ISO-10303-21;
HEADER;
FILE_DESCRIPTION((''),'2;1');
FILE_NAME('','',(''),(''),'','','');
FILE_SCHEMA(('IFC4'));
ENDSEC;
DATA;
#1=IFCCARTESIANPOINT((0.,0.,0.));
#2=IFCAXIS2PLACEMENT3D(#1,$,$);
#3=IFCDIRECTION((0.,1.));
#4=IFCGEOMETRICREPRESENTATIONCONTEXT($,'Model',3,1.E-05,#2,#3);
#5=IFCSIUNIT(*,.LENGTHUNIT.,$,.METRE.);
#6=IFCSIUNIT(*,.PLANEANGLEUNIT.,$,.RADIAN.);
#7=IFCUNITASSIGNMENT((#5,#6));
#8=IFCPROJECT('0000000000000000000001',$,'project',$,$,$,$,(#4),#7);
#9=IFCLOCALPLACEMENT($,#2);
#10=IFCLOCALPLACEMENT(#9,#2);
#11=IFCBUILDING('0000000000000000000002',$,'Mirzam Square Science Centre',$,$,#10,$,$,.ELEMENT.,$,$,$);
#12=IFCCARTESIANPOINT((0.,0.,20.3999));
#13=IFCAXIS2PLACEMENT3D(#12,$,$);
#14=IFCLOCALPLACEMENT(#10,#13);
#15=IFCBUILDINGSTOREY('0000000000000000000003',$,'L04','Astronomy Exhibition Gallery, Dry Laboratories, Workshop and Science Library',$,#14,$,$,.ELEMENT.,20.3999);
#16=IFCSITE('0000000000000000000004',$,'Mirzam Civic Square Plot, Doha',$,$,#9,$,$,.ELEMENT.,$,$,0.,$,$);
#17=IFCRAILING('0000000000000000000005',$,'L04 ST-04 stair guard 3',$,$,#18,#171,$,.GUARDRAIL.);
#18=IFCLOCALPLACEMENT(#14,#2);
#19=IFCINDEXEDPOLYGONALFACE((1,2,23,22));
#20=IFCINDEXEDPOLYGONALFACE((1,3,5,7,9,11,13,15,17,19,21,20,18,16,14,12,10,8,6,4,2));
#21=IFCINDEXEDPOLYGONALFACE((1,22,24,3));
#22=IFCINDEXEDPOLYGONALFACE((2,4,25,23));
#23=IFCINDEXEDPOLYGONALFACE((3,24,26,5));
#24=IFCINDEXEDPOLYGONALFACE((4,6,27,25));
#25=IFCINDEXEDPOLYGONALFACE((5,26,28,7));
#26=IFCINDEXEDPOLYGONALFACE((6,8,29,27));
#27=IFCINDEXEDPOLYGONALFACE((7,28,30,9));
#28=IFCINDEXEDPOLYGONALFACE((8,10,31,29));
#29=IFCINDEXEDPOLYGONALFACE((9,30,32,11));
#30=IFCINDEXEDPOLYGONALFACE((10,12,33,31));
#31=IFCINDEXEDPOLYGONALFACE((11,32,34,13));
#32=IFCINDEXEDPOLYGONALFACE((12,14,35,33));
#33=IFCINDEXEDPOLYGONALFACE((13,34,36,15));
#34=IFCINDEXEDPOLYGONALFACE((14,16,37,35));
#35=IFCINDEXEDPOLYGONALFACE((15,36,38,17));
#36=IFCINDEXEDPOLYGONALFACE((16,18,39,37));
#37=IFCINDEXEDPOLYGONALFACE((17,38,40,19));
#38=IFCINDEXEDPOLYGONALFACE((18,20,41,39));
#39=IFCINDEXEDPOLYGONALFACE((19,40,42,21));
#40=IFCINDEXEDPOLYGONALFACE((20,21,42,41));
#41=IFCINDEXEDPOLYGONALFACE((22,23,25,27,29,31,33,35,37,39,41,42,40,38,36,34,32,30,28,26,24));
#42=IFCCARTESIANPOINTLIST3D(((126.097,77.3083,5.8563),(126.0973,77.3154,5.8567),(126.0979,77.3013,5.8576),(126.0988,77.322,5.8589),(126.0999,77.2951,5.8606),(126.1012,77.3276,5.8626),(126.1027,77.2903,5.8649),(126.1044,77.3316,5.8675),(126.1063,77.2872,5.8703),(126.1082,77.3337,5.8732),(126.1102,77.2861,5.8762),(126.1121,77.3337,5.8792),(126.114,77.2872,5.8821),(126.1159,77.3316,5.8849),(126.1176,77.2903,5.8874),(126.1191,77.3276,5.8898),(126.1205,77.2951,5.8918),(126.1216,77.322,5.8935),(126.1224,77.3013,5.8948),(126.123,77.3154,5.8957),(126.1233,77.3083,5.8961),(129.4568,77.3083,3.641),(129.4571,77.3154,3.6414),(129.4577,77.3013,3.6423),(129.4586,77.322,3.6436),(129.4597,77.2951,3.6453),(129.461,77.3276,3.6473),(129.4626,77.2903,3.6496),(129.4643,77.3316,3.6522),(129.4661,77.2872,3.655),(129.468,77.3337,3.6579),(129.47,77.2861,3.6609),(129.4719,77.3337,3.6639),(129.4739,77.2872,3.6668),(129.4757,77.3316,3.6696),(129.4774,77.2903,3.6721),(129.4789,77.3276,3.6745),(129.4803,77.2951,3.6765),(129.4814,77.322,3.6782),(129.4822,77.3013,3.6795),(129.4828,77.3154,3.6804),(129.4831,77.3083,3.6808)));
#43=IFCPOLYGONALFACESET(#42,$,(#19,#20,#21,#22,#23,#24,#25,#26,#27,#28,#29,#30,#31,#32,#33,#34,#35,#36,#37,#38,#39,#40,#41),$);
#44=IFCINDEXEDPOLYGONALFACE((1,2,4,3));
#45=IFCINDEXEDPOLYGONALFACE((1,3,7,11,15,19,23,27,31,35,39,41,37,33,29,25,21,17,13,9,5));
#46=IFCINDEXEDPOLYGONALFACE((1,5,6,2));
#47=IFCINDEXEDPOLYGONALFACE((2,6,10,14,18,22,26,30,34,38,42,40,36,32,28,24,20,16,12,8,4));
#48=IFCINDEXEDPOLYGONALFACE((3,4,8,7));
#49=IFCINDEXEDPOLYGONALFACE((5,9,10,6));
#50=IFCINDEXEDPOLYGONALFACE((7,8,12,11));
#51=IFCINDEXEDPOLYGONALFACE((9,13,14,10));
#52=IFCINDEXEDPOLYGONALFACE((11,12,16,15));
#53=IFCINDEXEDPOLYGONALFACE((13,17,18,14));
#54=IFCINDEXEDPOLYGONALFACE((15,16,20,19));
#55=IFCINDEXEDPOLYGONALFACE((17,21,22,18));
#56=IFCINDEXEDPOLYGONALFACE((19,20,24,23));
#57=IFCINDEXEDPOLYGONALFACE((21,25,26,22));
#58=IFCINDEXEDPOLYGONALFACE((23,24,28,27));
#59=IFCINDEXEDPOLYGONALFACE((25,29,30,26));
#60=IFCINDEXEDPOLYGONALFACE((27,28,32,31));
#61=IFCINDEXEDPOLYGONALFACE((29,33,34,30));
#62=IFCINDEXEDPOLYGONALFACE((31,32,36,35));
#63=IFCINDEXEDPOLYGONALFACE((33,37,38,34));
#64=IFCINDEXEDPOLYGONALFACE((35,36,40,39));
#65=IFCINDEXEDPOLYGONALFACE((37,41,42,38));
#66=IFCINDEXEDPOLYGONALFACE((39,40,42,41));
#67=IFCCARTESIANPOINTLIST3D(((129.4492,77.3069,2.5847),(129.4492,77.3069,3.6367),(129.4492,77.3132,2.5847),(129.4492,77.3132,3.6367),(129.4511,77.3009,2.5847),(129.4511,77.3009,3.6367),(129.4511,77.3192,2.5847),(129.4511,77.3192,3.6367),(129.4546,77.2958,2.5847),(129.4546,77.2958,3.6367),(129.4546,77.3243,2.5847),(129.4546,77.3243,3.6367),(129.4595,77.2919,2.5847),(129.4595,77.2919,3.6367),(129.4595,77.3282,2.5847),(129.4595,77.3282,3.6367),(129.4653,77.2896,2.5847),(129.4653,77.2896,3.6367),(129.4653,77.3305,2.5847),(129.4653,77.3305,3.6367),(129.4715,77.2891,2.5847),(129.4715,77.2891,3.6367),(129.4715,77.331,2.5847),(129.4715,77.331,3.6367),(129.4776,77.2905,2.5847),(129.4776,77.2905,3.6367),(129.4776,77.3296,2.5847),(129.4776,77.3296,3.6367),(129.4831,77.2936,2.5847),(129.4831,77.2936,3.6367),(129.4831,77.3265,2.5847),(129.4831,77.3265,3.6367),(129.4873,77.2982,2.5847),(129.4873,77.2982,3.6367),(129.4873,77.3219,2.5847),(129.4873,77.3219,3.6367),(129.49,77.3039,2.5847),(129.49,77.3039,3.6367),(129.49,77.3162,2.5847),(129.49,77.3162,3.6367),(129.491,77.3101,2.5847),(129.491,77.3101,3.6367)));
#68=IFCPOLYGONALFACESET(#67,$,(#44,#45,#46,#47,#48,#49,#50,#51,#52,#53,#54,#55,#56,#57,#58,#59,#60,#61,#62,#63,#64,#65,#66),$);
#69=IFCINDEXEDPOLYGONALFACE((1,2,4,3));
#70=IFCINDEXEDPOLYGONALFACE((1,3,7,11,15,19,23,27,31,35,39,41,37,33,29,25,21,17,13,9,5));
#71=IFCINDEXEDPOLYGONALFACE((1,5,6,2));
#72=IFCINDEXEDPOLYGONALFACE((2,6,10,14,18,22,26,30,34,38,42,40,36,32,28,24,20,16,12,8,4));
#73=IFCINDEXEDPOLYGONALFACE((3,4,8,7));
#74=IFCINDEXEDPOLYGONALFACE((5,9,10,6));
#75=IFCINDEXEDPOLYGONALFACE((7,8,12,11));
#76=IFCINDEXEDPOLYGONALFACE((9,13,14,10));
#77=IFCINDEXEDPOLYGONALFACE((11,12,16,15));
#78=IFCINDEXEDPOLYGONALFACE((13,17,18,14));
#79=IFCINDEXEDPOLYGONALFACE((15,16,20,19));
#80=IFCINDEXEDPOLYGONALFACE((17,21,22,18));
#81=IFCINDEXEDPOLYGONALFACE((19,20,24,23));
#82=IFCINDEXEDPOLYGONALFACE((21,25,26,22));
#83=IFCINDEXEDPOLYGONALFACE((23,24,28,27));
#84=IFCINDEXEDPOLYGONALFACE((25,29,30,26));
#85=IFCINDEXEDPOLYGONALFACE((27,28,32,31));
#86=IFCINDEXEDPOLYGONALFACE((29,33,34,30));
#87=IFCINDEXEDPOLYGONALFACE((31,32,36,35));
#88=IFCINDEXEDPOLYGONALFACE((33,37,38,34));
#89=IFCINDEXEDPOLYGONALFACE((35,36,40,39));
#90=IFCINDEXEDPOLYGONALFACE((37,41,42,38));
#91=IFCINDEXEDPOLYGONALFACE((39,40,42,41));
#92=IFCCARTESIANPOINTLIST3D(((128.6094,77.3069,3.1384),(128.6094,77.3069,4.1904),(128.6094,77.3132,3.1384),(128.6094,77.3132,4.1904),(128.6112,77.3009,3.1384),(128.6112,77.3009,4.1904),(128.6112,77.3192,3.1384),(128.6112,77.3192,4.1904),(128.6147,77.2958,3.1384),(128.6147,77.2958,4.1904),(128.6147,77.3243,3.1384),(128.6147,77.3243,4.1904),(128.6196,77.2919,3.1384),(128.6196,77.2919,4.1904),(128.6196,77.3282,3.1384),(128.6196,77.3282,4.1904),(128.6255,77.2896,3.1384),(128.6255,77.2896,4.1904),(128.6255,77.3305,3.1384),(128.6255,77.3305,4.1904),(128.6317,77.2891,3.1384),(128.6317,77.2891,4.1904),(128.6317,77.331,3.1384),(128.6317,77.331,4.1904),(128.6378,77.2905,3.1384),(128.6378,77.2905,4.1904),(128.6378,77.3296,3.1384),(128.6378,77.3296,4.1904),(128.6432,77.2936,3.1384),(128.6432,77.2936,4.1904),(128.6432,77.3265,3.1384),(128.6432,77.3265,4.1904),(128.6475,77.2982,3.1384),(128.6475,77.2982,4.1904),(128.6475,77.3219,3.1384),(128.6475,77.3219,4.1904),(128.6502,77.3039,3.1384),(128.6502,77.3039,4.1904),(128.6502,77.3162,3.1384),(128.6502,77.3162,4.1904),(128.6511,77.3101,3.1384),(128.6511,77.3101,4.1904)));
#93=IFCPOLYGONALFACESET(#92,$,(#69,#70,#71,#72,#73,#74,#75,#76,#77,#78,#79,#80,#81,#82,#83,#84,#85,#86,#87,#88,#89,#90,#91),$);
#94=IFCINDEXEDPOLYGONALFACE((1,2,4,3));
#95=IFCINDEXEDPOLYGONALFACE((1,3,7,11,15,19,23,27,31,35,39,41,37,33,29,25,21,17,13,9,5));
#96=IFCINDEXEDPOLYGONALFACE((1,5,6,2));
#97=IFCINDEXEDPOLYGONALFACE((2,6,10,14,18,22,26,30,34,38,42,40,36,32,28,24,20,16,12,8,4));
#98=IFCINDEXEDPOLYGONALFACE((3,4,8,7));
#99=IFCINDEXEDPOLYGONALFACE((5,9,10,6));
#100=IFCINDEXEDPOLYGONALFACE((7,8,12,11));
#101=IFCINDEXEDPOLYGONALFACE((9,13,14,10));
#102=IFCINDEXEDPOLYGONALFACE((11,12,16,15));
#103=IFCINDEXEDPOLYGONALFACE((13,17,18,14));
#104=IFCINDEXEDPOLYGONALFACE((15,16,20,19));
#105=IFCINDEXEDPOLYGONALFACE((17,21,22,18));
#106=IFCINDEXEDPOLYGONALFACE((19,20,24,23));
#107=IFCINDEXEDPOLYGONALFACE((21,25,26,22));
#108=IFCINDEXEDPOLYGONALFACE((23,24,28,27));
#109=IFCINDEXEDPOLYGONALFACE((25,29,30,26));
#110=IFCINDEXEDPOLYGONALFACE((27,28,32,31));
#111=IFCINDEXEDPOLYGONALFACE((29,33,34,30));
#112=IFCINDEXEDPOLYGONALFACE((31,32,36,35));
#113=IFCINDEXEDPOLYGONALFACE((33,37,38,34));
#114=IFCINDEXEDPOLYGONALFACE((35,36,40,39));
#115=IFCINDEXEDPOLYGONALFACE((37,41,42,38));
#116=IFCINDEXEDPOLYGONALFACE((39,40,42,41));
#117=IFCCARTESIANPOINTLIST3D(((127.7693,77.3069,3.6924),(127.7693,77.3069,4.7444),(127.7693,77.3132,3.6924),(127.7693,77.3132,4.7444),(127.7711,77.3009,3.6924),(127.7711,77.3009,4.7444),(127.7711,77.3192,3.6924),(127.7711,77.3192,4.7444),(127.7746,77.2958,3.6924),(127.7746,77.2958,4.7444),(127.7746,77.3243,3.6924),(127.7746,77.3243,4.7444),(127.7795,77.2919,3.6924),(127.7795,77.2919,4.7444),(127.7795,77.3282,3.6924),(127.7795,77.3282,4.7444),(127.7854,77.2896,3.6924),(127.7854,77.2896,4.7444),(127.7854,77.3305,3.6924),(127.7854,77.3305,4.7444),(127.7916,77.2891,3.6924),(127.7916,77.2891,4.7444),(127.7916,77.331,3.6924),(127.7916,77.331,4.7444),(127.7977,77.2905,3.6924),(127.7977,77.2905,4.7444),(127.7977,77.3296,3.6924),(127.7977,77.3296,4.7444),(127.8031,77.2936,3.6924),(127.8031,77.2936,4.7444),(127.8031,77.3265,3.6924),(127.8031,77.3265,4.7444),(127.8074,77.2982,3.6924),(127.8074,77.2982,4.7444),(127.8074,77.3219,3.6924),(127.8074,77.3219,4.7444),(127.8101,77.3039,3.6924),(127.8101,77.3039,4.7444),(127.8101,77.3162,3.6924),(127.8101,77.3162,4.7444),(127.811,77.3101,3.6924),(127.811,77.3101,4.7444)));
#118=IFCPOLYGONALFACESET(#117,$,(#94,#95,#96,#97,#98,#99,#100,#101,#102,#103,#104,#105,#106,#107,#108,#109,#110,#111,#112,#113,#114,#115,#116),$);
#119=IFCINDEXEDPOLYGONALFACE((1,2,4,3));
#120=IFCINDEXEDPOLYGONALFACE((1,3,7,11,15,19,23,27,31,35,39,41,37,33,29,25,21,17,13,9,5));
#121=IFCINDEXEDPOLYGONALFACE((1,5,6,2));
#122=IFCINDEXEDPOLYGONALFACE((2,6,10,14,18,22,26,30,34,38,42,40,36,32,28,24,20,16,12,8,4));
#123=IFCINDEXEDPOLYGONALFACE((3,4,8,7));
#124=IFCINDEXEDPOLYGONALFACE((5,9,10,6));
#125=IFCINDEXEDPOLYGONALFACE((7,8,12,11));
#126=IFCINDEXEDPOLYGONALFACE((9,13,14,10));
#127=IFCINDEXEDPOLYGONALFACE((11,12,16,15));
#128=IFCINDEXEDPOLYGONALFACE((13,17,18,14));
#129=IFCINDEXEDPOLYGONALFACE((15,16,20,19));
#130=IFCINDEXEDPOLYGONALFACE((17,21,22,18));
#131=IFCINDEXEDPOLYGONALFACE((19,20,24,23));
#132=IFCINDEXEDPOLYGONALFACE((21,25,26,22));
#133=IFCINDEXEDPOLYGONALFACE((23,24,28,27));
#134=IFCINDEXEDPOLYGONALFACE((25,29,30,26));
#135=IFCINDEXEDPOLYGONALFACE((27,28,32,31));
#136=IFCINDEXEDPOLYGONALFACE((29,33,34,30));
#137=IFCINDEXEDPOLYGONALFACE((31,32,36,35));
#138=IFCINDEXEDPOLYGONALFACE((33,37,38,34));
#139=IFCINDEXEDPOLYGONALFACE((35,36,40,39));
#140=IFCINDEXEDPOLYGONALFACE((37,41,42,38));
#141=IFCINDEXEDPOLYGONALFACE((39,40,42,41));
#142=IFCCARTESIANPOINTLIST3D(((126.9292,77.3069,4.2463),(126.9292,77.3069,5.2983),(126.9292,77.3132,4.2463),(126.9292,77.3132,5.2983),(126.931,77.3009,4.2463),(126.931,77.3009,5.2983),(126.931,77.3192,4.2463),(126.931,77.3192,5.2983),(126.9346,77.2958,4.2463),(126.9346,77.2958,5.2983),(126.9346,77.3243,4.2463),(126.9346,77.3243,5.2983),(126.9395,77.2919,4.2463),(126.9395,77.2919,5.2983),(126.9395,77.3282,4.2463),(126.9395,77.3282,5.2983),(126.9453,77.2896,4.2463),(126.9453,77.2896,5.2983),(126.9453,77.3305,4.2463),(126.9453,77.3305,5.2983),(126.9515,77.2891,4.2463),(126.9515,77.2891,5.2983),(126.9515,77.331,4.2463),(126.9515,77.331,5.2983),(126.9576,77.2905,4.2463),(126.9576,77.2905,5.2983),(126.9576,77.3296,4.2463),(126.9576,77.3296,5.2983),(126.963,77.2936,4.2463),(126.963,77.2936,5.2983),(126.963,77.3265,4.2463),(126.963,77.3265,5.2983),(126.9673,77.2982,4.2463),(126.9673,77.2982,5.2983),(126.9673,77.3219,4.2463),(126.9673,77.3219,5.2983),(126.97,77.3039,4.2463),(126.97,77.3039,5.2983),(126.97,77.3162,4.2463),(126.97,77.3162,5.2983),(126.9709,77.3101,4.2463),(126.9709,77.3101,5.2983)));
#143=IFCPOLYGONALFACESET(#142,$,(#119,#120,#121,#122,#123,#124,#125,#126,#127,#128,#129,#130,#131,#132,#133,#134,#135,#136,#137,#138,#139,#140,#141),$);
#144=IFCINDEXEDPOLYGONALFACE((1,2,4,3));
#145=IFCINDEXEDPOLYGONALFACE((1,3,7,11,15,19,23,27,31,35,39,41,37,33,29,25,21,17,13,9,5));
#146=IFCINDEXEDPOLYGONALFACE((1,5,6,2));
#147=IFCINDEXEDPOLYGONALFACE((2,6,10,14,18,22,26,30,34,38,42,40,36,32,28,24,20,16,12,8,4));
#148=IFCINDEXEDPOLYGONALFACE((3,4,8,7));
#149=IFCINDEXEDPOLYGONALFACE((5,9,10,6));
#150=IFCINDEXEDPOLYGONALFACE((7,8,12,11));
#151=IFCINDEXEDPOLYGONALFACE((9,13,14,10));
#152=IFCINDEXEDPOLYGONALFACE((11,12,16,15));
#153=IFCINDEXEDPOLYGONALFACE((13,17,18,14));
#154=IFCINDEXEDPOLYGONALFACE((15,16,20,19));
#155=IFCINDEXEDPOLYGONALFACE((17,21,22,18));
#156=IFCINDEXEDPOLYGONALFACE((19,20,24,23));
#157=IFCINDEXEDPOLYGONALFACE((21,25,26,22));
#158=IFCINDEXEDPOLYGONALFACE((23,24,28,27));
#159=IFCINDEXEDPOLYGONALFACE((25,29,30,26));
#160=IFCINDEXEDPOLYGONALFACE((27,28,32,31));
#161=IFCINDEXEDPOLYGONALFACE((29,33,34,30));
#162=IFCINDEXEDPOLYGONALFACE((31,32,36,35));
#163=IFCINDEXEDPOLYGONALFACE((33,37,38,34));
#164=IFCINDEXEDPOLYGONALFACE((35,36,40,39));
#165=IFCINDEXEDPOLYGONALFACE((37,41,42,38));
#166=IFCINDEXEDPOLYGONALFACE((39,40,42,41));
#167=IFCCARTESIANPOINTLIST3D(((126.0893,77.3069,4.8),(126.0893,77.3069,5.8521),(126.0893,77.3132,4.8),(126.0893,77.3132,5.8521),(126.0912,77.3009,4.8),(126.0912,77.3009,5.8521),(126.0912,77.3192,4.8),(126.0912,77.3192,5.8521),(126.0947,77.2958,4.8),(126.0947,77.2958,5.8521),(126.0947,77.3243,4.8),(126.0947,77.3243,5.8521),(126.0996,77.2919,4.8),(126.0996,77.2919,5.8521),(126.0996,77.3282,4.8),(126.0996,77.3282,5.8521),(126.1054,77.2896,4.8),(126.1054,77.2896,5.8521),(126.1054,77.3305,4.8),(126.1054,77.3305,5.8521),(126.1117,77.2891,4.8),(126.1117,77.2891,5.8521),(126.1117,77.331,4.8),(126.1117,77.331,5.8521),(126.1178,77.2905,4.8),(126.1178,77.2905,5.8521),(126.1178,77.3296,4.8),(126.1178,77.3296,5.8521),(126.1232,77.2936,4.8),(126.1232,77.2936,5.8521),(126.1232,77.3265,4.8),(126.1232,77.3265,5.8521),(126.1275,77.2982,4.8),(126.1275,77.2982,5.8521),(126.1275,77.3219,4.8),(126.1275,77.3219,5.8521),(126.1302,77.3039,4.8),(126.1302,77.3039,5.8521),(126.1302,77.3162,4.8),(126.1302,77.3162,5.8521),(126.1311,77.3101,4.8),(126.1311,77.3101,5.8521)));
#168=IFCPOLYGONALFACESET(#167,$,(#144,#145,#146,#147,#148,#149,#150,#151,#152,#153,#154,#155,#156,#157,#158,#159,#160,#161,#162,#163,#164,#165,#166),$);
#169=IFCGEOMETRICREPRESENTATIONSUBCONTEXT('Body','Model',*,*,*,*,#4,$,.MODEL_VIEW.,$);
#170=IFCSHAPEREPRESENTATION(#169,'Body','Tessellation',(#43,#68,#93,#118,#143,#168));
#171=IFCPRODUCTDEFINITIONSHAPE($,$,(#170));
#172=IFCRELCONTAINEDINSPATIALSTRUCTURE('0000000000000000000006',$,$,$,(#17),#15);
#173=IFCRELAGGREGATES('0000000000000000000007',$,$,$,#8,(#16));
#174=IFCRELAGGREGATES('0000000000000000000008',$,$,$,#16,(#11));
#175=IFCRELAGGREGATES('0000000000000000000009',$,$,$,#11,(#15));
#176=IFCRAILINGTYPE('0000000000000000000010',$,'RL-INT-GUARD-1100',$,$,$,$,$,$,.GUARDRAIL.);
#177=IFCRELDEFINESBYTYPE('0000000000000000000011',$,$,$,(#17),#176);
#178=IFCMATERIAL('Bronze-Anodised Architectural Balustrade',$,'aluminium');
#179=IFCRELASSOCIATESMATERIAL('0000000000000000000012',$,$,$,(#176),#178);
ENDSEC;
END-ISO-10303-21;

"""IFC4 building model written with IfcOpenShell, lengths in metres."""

from ifc_helpers import new_model, si_unit, direction, frame, origin, origin_2d, place, context, subcontext, project, spatial, circle, extrude, material, type_object, element, save


model = new_model("IFC4")

# Units and contexts
model_context = context("Model", 3, precision=1e-05, world=origin(), true_north=direction((0.0, 1.0)))
body_context = subcontext(model_context, "Body", "Model", "MODEL_VIEW")
ifc_project = project(units=[si_unit("LENGTHUNIT", "METRE"), si_unit("PLANEANGLEUNIT", "RADIAN")], contexts=[model_context])

# Site, building, storey
site_placement = place(None, origin())
site = spatial("IfcSite", under=ifc_project, at=site_placement, Name="Mirzam Civic Square Plot, Doha", CompositionType="ELEMENT", RefElevation=0.0)
building_placement = place(site_placement, origin())
building = spatial("IfcBuilding", under=site, at=building_placement, Name="Mirzam Square Science Centre", CompositionType="ELEMENT")
storey_placement = place(building_placement, frame((0.0, 0.0, 20.3999)))
storey = spatial("IfcBuildingStorey", under=building, at=storey_placement, Name="L04", Description="Astronomy Exhibition Gallery, Dry Laboratories, Workshop and Science Library", CompositionType="ELEMENT", Elevation=20.3999)

# Railing
ifc_material_1 = material(Name="Bronze-Anodised Architectural Balustrade", Category="aluminium")
railing_type_1 = type_object("IfcRailingType", Name="RL-INT-GUARD-1100", PredefinedType="GUARDRAIL", material=ifc_material_1)
railing_1_placement = place(storey_placement, frame((129.47, 77.3101, 2.5847)))
element("IfcRailing", 1, at=railing_1_placement, inside=storey, type_object=railing_type_1, Name="L04 ST-04 stair guard 3", PredefinedType="GUARDRAIL", context=body_context, shape_type="SweptSolid", body=[
    extrude(circle(Radius=0.0239, at=origin_2d()), frame((0.0, 0.0, 1.0762), z_axis=(-0.834858, 0.0, 0.550465), x_axis=(0.0, -1.0, 0.0)), (0.0, 0.0, 1.0), 4.0244),
    extrude(circle(Radius=0.021, at=origin_2d()), origin(), (0.0, 0.0, 1.0), 1.052),
    extrude(circle(Radius=0.021, at=origin_2d()), frame((-0.8398, 0.0, 0.5537)), (0.0, 0.0, 1.0), 1.052),
    extrude(circle(Radius=0.021, at=origin_2d()), frame((-1.6799, 0.0, 1.1077)), (0.0, 0.0, 1.0), 1.052),
    extrude(circle(Radius=0.021, at=origin_2d()), frame((-2.52, 0.0, 1.6616)), (0.0, 0.0, 1.0), 1.052),
    extrude(circle(Radius=0.021, at=origin_2d()), frame((-3.3599, 0.0, 2.2153)), (0.0, 0.0, 1.0), 1.052),
])

save(model, "model.ifc")
